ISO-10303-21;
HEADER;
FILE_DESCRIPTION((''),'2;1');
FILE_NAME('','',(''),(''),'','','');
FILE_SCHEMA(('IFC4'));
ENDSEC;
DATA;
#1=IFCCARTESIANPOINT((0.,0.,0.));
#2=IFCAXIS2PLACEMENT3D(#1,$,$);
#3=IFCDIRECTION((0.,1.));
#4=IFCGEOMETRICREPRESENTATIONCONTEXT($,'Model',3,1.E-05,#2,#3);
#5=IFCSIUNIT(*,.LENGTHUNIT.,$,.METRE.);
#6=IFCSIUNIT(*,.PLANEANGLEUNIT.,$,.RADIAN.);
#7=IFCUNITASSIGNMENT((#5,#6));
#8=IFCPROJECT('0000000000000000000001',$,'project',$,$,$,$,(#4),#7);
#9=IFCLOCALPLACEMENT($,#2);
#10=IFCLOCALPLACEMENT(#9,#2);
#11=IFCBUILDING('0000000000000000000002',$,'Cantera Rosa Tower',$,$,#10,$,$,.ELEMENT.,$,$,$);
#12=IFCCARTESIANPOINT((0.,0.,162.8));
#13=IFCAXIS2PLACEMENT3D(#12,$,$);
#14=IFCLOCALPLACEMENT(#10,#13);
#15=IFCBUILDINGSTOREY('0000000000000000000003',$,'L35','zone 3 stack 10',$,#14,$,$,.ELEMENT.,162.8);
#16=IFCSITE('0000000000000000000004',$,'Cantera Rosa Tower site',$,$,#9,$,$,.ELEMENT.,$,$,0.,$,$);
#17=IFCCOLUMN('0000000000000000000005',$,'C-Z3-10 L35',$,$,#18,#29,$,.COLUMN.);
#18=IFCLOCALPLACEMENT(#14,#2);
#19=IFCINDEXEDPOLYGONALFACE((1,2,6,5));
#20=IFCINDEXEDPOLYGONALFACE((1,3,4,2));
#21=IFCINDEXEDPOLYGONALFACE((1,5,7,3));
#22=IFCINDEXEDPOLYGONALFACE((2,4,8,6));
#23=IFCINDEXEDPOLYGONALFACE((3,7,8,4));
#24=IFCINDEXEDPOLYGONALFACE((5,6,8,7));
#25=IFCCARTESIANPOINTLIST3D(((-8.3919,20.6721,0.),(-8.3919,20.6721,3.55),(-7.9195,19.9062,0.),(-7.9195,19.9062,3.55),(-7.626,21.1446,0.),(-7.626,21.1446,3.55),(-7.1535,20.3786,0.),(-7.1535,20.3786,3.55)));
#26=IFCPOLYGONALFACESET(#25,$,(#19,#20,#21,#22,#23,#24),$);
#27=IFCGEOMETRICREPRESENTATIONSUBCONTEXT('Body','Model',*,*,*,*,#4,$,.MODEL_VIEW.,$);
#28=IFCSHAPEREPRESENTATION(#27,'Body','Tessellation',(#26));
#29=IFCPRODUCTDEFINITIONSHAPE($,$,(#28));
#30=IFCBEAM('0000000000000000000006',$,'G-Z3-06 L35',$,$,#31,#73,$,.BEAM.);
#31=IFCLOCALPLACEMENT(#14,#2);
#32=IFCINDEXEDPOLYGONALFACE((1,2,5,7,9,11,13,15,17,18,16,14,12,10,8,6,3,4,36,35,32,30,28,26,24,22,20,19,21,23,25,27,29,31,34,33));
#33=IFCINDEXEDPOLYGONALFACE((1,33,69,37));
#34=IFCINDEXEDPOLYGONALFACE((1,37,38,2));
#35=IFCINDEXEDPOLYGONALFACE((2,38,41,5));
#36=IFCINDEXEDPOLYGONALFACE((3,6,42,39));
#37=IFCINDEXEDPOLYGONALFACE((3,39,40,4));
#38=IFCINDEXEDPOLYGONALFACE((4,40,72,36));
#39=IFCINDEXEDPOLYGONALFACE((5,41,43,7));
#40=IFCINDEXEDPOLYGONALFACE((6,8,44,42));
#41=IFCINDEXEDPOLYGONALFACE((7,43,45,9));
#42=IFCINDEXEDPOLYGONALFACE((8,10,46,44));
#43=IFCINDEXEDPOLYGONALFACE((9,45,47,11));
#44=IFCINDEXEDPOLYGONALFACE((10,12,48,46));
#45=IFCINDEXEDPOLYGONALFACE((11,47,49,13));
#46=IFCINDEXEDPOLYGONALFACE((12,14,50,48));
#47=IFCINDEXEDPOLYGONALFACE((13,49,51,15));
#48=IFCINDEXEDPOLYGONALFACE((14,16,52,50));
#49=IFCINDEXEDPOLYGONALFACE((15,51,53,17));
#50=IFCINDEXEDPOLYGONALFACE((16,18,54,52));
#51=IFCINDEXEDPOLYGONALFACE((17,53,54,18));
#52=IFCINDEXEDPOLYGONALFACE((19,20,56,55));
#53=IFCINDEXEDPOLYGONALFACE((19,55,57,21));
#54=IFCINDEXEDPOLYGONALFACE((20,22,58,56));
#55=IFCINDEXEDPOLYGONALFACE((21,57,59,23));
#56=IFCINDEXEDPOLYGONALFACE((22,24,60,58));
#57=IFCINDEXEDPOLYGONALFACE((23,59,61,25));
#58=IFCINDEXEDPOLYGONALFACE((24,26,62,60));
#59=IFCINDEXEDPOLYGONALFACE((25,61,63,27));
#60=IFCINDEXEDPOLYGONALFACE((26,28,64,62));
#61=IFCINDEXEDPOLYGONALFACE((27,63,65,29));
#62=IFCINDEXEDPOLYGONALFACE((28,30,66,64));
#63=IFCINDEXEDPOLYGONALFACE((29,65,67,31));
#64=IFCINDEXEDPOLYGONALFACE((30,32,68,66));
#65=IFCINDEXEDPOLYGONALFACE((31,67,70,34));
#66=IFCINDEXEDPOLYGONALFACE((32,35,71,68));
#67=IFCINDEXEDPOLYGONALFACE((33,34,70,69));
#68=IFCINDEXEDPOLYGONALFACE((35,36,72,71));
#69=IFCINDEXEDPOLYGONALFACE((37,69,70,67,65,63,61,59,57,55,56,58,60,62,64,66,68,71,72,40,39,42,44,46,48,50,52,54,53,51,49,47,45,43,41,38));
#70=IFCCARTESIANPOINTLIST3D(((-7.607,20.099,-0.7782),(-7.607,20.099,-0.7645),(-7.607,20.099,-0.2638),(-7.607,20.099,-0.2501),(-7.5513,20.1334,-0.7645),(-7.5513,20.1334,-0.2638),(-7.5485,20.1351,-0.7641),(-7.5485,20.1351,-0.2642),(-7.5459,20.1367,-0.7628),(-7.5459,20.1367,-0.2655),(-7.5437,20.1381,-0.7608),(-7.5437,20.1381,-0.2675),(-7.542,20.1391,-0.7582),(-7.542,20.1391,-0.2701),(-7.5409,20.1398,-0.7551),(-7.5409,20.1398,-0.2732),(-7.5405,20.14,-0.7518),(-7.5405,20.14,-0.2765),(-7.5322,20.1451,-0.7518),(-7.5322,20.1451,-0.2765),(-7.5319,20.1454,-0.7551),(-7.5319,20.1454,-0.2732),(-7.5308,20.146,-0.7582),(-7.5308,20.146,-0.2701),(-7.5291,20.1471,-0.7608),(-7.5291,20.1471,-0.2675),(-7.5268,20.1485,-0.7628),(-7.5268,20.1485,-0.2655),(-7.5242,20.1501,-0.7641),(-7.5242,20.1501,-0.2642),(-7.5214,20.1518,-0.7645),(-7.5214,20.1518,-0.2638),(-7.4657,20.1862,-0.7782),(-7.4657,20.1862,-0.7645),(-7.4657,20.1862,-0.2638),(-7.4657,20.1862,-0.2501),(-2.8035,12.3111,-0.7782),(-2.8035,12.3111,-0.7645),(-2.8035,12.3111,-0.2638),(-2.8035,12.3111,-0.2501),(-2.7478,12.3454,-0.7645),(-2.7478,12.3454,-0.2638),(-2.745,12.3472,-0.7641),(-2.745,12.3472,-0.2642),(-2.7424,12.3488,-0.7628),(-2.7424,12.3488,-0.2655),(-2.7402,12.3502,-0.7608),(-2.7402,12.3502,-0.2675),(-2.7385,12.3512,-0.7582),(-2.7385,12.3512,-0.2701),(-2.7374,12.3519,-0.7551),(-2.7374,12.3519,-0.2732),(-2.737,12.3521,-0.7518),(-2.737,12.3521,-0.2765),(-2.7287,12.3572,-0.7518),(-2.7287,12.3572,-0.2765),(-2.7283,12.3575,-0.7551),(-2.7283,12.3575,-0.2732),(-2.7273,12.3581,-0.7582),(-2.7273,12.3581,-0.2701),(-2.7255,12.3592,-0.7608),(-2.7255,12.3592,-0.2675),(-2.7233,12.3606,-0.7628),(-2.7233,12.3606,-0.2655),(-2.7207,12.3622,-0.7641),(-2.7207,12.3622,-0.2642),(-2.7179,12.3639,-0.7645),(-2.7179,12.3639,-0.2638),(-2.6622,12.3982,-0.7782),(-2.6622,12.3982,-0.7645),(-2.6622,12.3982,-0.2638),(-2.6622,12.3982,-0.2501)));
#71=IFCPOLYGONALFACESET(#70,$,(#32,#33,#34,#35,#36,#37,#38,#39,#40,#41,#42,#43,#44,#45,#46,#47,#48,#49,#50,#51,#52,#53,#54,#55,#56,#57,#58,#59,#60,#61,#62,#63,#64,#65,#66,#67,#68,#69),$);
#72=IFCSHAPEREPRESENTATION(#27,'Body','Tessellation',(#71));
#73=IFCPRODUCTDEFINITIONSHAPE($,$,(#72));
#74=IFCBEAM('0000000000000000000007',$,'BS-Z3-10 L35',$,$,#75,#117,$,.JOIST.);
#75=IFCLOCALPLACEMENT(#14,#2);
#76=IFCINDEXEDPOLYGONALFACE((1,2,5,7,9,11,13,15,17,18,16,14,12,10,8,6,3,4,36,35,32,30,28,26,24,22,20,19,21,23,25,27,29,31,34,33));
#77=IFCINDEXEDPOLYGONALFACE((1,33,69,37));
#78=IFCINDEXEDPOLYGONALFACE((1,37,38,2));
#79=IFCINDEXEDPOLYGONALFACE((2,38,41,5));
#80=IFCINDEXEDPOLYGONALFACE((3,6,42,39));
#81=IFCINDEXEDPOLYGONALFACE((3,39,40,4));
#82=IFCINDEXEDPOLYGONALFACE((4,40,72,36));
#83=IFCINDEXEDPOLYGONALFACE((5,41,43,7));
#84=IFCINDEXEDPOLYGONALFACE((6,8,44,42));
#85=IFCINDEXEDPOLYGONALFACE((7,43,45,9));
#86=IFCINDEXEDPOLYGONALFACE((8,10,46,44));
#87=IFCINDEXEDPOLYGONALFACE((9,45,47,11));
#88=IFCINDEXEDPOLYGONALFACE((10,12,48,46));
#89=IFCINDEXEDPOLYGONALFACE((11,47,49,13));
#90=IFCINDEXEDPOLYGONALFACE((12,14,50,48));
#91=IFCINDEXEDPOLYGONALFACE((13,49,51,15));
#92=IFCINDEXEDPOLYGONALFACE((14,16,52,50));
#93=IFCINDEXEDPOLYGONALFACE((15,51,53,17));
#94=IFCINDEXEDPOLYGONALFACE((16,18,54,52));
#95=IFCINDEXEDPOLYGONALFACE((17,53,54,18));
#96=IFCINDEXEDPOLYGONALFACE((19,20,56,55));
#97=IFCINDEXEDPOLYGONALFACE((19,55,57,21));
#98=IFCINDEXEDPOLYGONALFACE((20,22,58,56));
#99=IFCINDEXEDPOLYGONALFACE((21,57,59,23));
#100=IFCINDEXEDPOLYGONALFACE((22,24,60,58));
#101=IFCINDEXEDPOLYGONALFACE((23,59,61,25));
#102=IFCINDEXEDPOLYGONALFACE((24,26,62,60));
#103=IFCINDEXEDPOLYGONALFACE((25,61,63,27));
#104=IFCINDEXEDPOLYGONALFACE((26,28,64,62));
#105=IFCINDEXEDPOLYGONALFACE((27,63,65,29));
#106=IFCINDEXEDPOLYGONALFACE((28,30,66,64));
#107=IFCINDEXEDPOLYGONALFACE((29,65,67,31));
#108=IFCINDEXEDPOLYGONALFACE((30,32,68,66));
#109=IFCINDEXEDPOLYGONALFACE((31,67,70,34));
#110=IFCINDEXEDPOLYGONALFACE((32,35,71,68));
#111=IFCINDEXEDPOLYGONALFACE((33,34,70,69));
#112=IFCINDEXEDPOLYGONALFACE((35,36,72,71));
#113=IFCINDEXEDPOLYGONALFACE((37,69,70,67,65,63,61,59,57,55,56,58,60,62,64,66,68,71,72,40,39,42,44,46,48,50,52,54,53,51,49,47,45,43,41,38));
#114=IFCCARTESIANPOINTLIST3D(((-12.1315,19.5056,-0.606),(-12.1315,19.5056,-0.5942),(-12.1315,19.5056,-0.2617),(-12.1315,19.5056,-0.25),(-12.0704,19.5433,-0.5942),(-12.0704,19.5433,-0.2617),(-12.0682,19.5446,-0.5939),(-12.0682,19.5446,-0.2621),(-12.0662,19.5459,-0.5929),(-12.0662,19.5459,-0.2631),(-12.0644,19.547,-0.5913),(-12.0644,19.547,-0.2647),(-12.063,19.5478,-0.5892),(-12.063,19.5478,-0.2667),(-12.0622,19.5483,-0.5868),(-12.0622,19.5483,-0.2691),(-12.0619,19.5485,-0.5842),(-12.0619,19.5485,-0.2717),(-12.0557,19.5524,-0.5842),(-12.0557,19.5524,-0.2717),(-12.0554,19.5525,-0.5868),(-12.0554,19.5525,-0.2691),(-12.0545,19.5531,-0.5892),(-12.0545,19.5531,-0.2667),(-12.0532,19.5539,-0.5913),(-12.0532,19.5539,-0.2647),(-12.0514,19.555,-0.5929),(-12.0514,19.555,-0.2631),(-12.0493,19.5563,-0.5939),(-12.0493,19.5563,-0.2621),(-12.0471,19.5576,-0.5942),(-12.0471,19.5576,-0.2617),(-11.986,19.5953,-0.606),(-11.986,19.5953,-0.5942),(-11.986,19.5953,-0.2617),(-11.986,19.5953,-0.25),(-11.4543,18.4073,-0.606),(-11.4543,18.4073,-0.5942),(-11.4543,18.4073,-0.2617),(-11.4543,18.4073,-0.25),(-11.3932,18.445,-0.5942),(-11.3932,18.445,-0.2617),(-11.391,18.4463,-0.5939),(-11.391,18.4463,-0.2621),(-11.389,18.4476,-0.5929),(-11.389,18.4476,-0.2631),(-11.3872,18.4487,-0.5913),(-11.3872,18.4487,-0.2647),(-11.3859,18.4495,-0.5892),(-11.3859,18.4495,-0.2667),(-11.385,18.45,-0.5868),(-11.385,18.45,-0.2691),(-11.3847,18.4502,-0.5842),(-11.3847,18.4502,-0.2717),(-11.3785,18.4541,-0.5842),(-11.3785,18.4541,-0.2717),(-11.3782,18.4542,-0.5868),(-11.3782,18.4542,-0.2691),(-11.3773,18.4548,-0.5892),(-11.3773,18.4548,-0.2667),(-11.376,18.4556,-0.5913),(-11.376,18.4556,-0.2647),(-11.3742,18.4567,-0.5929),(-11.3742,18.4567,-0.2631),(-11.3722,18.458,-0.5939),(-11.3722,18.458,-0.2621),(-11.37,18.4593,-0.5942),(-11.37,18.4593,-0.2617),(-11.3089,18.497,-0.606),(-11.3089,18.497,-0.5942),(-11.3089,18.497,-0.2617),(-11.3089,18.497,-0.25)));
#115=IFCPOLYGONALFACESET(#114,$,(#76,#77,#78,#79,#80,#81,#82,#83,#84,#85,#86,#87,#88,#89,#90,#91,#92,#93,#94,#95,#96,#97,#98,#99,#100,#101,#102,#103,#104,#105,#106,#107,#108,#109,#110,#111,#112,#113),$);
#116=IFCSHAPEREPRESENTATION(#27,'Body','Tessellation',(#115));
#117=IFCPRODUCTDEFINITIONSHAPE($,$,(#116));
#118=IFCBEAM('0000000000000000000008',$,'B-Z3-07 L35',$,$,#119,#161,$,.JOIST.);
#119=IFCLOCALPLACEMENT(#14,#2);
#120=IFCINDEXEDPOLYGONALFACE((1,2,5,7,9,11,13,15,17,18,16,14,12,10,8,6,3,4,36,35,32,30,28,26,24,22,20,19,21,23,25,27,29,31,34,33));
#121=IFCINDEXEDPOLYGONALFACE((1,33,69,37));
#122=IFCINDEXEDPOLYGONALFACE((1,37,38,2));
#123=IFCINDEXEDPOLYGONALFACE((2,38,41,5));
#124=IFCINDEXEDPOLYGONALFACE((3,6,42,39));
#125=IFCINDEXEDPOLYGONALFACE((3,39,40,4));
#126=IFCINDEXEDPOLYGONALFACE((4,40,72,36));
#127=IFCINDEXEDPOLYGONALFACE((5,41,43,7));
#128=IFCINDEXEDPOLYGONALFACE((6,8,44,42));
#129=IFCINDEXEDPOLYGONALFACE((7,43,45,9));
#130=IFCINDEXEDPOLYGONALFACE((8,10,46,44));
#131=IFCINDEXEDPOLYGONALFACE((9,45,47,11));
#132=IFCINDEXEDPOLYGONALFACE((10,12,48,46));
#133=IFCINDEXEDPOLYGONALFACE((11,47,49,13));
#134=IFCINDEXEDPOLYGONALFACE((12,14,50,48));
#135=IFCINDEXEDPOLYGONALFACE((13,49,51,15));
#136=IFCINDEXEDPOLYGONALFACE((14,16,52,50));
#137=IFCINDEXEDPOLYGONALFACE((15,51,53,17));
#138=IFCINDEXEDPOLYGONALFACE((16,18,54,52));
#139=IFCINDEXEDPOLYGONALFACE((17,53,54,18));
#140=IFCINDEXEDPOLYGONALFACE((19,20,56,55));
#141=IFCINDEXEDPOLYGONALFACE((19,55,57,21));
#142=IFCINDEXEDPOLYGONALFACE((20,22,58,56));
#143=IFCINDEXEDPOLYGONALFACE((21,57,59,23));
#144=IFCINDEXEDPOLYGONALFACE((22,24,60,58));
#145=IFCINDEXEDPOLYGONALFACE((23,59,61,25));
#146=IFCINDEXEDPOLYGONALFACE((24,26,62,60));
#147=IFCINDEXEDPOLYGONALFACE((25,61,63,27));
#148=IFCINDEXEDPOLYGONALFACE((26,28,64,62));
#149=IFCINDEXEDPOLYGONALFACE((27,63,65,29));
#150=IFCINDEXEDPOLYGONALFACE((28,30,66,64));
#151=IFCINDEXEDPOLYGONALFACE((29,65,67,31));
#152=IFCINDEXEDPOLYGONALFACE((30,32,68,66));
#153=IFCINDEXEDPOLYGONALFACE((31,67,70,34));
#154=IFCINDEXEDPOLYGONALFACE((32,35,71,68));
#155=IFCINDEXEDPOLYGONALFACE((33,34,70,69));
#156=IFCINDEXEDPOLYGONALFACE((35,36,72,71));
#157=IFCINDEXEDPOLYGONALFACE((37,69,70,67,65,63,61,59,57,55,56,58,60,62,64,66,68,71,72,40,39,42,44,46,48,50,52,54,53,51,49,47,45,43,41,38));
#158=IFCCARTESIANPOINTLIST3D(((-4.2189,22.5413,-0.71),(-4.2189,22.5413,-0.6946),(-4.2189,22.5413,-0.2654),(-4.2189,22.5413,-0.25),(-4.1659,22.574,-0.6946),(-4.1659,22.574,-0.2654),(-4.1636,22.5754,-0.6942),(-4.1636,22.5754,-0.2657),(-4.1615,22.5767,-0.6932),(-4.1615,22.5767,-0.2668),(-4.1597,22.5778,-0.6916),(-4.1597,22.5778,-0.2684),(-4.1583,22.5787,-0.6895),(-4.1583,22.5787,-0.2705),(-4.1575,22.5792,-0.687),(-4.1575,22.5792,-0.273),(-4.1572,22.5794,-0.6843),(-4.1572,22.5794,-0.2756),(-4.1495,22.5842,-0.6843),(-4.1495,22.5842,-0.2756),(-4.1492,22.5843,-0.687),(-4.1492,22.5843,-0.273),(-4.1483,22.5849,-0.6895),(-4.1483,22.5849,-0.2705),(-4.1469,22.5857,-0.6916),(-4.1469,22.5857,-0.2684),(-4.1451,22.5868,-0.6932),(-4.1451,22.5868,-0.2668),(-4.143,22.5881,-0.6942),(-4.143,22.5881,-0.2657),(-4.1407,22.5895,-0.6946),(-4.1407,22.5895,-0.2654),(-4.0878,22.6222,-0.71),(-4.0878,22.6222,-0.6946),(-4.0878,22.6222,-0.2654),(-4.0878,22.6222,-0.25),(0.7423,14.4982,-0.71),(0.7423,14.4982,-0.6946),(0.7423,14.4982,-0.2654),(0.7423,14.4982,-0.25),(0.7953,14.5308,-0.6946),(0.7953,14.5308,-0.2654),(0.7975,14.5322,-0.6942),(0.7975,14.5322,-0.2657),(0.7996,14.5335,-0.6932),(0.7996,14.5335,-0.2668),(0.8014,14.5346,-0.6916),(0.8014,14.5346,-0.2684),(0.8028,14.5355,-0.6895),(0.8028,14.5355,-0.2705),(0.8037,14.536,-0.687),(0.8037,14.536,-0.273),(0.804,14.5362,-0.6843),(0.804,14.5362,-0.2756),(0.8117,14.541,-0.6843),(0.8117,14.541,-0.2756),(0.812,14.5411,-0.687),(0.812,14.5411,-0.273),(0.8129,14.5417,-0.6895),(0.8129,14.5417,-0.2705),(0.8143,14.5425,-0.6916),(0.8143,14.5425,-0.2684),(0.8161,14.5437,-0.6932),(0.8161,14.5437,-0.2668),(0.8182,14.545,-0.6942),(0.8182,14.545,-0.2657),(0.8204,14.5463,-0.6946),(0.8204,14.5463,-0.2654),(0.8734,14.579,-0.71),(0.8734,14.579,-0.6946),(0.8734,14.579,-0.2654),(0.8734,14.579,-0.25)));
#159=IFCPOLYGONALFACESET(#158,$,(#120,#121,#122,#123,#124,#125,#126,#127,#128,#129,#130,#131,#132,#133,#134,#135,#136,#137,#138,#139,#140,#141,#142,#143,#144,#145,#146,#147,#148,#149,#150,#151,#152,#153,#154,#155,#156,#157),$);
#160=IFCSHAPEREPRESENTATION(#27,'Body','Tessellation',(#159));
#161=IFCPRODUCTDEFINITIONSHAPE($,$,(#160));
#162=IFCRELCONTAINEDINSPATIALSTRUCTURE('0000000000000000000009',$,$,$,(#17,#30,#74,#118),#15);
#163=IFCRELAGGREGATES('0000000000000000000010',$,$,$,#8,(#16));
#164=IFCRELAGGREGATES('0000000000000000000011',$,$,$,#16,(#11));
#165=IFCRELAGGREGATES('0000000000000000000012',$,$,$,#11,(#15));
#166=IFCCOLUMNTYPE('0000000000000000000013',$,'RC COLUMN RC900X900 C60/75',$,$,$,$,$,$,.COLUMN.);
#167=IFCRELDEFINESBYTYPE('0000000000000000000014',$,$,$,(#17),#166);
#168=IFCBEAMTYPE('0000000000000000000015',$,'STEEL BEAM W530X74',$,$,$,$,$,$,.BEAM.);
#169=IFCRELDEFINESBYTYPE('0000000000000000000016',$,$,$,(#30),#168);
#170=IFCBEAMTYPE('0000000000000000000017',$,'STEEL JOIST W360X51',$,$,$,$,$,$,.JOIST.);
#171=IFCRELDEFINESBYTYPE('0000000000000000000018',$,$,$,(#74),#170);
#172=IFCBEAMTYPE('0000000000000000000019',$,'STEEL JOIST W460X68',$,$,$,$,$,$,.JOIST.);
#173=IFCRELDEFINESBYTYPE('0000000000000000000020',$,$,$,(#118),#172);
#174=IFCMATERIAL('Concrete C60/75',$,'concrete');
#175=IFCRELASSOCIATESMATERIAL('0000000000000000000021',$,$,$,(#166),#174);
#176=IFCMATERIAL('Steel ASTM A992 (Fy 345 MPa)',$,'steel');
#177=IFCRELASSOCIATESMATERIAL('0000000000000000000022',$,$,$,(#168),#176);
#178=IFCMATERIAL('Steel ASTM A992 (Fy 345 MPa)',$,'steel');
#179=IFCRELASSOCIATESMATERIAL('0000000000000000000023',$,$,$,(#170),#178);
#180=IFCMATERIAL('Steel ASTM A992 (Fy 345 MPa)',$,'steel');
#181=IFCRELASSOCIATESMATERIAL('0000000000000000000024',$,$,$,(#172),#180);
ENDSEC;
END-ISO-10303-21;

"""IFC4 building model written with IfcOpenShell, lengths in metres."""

from ifc_helpers import new_model, si_unit, direction, frame, origin, origin_2d, place, context, subcontext, project, spatial, rectangle, i_section, extrude, material, material_profile, profile_set, type_object, element, save


model = new_model("IFC4")

# Units and contexts
model_context = context("Model", 3, precision=1e-05, world=origin(), true_north=direction((0.0, 1.0)))
body_context = subcontext(model_context, "Body", "Model", "MODEL_VIEW")
ifc_project = project(units=[si_unit("LENGTHUNIT", "METRE"), si_unit("PLANEANGLEUNIT", "RADIAN")], contexts=[model_context])

# Site, building, storey
site_placement = place(None, origin())
site = spatial("IfcSite", under=ifc_project, at=site_placement, Name="Cantera Rosa Tower site", CompositionType="ELEMENT", RefElevation=0.0)
building_placement = place(site_placement, origin())
building = spatial("IfcBuilding", under=site, at=building_placement, Name="Cantera Rosa Tower", CompositionType="ELEMENT")
storey_placement = place(building_placement, frame((0.0, 0.0, 162.8)))
storey = spatial("IfcBuildingStorey", under=building, at=storey_placement, Name="L35", Description="zone 3 stack 10", CompositionType="ELEMENT", Elevation=162.8)

# Column
ifc_material_1 = material(Name="Concrete C60/75", Category="concrete")
ifc_material_profile_1 = material_profile(ifc_material_1, rectangle(XDim=0.8999, YDim=0.8999, at=origin_2d()), Name="RC COLUMN RC900X900 C60/75")
ifc_profile_set_1 = profile_set([ifc_material_profile_1], Name="Concrete C60/75")
column_type = type_object("IfcColumnType", Name="RC COLUMN RC900X900 C60/75", PredefinedType="COLUMN", material=ifc_profile_set_1)
column_placement = place(storey_placement, frame((-7.7727, 20.5254, 0.0), z_axis=(0.0, 0.0, 1.0), x_axis=(0.851117, 0.524977, 0.0)))
element("IfcColumn", 1, at=column_placement, inside=storey, type_object=column_type, Name="C-Z3-10 L35", PredefinedType="COLUMN", context=body_context, shape_type="SweptSolid", body=[
    extrude(rectangle(XDim=0.8999, YDim=0.8999, at=origin_2d()), origin(), (0.0, 0.0, 1.0), 3.55),
])

# Beams
ifc_material_2 = material(Name="Steel ASTM A992 (Fy 345 MPa)", Category="steel")
ifc_material_profile_2 = material_profile(ifc_material_2, i_section(OverallWidth=0.166, OverallDepth=0.5281, WebThickness=0.0098, FlangeThickness=0.0137, FilletRadius=0.0127, at=origin_2d()), Name="W530X74")
ifc_profile_set_2 = profile_set([ifc_material_profile_2], Name="Steel ASTM A992 (Fy 345 MPa)")
beam_type_1 = type_object("IfcBeamType", Name="STEEL BEAM W530X74", PredefinedType="BEAM", material=ifc_profile_set_2)
beam_1_placement = place(storey_placement, frame((-7.5364, 20.1426, -0.5142), z_axis=(0.524965, -0.851124, 0.0), x_axis=(0.851124, 0.524965, 0.0)))
element("IfcBeam", 2, at=beam_1_placement, inside=storey, type_object=beam_type_1, Name="G-Z3-06 L35", PredefinedType="BEAM", context=body_context, shape_type="SweptSolid", body=[
    extrude(i_section(OverallWidth=0.166, OverallDepth=0.5281, WebThickness=0.0098, FlangeThickness=0.0137, FilletRadius=0.0127, at=origin_2d()), origin(), (0.0, 0.0, 1.0), 9.1501),
])
ifc_material_3 = material(Name="Steel ASTM A992 (Fy 345 MPa)", Category="steel")
ifc_material_profile_3 = material_profile(ifc_material_3, i_section(OverallWidth=0.1709, OverallDepth=0.356, WebThickness=0.0073, FlangeThickness=0.0117, FilletRadius=0.01, at=origin_2d()), Name="W360X51")
ifc_profile_set_3 = profile_set([ifc_material_profile_3], Name="Steel ASTM A992 (Fy 345 MPa)")
beam_type_2 = type_object("IfcBeamType", Name="STEEL JOIST W360X51", PredefinedType="JOIST", material=ifc_profile_set_3)
beam_2_placement = place(storey_placement, frame((-11.3816, 18.4521, -0.428), z_axis=(-0.524836, 0.851203, 0.0), x_axis=(-0.851203, -0.524836, 0.0)))
element("IfcBeam", 3, at=beam_2_placement, inside=storey, type_object=beam_type_2, Name="BS-Z3-10 L35", PredefinedType="JOIST", context=body_context, shape_type="SweptSolid", body=[
    extrude(i_section(OverallWidth=0.1709, OverallDepth=0.356, WebThickness=0.0073, FlangeThickness=0.0117, FilletRadius=0.01, at=origin_2d()), origin(), (0.0, 0.0, 1.0), 1.2903),
])
ifc_material_4 = material(Name="Steel ASTM A992 (Fy 345 MPa)", Category="steel")
ifc_material_profile_4 = material_profile(ifc_material_4, i_section(OverallWidth=0.1541, OverallDepth=0.46, WebThickness=0.009, FlangeThickness=0.0154, FilletRadius=0.0103, at=origin_2d()), Name="W460X68")
ifc_profile_set_4 = profile_set([ifc_material_profile_4], Name="Steel ASTM A992 (Fy 345 MPa)")
beam_type_3 = type_object("IfcBeamType", Name="STEEL JOIST W460X68", PredefinedType="JOIST", material=ifc_profile_set_4)
beam_3_placement = place(storey_placement, frame((-4.1533, 22.5818, -0.48), z_axis=(0.524981, -0.851114, 0.0), x_axis=(0.851114, 0.524981, 0.0)))
element("IfcBeam", 4, at=beam_3_placement, inside=storey, type_object=beam_type_3, Name="B-Z3-07 L35", PredefinedType="JOIST", context=body_context, shape_type="SweptSolid", body=[
    extrude(i_section(OverallWidth=0.1541, OverallDepth=0.46, WebThickness=0.009, FlangeThickness=0.0154, FilletRadius=0.0103, at=origin_2d()), origin(), (0.0, 0.0, 1.0), 9.4502),
])

save(model, "model.ifc")
